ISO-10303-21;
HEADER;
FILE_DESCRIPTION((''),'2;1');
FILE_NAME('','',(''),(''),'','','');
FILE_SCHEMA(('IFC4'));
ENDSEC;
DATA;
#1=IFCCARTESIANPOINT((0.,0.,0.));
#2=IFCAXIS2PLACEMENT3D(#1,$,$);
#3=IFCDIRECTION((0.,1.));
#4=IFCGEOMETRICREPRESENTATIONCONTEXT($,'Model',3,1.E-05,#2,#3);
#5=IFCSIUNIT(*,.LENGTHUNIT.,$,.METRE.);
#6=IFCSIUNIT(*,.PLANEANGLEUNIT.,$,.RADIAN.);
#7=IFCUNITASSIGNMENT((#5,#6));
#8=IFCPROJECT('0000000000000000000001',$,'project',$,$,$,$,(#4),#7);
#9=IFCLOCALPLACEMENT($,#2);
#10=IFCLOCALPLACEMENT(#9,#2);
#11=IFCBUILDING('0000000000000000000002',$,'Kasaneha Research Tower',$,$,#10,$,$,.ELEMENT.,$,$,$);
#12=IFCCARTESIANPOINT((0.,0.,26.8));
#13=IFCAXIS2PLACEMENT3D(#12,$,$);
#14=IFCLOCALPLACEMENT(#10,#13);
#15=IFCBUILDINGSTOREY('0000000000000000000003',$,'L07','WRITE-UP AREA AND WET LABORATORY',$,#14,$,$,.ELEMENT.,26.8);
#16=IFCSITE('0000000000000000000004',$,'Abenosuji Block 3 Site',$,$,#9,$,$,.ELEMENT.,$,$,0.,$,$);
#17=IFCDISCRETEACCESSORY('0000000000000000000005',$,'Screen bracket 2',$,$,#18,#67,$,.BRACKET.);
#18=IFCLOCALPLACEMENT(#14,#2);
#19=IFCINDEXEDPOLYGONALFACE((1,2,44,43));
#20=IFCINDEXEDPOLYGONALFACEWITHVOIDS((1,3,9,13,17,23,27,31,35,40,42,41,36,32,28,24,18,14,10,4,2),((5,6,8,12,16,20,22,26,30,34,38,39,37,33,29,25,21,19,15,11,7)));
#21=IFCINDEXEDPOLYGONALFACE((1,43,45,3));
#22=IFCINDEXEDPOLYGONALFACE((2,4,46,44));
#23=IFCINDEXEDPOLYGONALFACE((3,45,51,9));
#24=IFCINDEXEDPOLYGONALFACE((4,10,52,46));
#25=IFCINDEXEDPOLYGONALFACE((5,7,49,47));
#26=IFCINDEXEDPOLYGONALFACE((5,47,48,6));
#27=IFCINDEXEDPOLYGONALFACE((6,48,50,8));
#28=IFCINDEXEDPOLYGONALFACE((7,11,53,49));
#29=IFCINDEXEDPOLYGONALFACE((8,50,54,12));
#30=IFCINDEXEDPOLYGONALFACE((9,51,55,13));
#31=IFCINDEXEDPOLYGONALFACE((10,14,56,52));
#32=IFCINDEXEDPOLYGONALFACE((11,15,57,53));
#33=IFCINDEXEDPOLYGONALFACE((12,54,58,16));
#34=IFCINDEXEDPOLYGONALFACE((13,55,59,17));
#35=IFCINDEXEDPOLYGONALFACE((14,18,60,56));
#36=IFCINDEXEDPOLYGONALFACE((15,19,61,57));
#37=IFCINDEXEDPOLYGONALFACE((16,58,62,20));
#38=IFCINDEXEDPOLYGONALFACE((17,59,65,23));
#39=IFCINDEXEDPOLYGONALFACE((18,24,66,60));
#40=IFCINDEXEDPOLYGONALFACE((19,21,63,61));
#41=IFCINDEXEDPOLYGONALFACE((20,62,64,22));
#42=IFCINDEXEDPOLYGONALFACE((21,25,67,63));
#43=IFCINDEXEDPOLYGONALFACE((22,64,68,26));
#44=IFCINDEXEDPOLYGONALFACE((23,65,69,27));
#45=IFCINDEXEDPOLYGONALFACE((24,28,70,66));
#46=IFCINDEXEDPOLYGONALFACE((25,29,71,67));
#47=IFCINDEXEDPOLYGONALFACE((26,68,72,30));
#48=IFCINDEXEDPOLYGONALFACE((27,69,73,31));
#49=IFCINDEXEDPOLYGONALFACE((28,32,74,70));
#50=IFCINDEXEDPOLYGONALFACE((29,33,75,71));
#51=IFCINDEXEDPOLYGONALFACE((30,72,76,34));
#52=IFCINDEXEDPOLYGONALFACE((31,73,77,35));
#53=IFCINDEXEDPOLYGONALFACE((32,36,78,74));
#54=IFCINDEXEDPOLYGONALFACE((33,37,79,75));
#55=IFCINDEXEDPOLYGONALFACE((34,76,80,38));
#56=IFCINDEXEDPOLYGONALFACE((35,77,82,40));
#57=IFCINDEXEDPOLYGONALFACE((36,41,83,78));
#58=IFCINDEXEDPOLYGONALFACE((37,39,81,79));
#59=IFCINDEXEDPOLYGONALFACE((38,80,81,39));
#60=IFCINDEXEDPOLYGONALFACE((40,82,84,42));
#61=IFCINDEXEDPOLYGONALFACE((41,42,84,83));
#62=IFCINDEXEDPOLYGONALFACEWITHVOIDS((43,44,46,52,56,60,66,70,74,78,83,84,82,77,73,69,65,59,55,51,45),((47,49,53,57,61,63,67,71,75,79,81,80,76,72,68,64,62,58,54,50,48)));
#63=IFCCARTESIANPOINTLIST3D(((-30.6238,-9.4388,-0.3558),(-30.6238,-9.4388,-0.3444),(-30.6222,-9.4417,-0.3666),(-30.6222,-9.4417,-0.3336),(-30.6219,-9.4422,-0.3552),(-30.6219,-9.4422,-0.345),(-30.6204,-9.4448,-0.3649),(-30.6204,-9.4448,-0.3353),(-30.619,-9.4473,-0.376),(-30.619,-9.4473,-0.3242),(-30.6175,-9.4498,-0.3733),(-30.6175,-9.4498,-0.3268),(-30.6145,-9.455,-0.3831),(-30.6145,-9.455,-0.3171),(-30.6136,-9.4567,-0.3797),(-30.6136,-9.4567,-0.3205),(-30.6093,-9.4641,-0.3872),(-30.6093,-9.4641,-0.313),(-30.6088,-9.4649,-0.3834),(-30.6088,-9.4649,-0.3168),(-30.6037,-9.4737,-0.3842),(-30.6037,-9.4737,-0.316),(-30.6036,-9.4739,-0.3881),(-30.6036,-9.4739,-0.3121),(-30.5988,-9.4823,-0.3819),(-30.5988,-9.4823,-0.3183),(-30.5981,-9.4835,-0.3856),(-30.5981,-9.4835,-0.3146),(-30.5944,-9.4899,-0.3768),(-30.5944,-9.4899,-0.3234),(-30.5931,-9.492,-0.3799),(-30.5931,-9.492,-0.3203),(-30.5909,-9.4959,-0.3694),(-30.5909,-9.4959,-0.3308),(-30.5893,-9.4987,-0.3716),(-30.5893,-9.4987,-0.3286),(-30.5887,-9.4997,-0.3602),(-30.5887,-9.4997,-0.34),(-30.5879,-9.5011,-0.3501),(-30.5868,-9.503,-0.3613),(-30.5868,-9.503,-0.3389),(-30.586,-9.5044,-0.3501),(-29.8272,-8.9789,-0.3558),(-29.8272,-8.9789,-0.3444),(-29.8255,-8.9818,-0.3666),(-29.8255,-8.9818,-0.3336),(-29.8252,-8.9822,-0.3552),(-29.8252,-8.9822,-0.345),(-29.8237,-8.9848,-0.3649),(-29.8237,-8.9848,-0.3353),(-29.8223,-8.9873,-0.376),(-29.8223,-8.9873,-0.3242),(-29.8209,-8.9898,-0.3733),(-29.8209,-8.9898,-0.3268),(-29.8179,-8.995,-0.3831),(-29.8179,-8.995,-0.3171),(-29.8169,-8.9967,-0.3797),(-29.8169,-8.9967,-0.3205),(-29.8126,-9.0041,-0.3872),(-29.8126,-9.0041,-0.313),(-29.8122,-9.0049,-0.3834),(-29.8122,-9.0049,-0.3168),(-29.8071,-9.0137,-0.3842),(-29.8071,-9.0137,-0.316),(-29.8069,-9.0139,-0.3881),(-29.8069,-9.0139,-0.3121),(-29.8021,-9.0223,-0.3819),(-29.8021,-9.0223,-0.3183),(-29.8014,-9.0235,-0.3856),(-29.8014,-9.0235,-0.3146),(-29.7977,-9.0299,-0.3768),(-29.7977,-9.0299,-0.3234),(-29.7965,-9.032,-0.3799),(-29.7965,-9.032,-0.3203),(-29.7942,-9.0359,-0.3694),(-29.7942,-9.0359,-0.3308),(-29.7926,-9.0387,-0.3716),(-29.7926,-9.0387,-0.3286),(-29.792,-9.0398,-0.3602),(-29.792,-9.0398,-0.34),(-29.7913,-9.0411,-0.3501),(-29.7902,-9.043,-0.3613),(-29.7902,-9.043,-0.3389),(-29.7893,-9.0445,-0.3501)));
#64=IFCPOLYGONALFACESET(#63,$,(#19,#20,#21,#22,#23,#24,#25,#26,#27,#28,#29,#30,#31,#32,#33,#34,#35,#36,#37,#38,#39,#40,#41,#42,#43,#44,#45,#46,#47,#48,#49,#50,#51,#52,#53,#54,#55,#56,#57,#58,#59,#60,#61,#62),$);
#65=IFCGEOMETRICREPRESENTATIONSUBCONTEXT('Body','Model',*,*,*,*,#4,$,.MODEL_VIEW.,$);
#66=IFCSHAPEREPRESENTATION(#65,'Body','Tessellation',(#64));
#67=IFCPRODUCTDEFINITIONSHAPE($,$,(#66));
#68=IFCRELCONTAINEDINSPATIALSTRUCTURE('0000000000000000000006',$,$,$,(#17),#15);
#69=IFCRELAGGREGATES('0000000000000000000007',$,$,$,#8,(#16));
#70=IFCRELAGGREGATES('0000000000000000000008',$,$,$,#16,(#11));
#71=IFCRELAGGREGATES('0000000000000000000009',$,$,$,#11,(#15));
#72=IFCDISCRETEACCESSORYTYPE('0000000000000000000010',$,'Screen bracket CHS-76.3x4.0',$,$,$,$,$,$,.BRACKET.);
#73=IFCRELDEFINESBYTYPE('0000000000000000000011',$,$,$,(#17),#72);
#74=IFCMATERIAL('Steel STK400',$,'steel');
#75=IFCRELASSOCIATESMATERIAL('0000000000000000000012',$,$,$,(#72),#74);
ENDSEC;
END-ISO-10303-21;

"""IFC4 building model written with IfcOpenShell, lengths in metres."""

from ifc_helpers import new_model, si_unit, direction, frame, origin, origin_2d, place, context, subcontext, project, spatial, hollow_circle, extrude, material, material_profile, profile_set, type_object, element, save


model = new_model("IFC4")

# Units and contexts
model_context = context("Model", 3, precision=1e-05, world=origin(), true_north=direction((0.0, 1.0)))
body_context = subcontext(model_context, "Body", "Model", "MODEL_VIEW")
ifc_project = project(units=[si_unit("LENGTHUNIT", "METRE"), si_unit("PLANEANGLEUNIT", "RADIAN")], contexts=[model_context])

# Site, building, storey
site_placement = place(None, origin())
site = spatial("IfcSite", under=ifc_project, at=site_placement, Name="Abenosuji Block 3 Site", CompositionType="ELEMENT", RefElevation=0.0)
building_placement = place(site_placement, origin())
building = spatial("IfcBuilding", under=site, at=building_placement, Name="Kasaneha Research Tower", CompositionType="ELEMENT")
storey_placement = place(building_placement, frame((0.0, 0.0, 26.8)))
storey = spatial("IfcBuildingStorey", under=building, at=storey_placement, Name="L07", Description="WRITE-UP AREA AND WET LABORATORY", CompositionType="ELEMENT", Elevation=26.8)

# Discrete accessory
ifc_material_1 = material(Name="Steel STK400", Category="steel")
ifc_material_profile_1 = material_profile(ifc_material_1, hollow_circle(Radius=0.0381, WallThickness=0.0039, at=origin_2d()), Name="CHS-76.3x4.0")
ifc_profile_set_1 = profile_set([ifc_material_profile_1], Name="Steel STK400")
discrete_accessory_type = type_object("IfcDiscreteAccessoryType", Name="Screen bracket CHS-76.3x4.0", PredefinedType="BRACKET", material=ifc_profile_set_1)
discrete_accessory_1_placement = place(storey_placement, frame((-29.8083, -9.0115, -0.3501), z_axis=(-0.866013, -0.500021, 0.0), x_axis=(0.500021, -0.866013, 0.0)))
element("IfcDiscreteAccessory", 1, at=discrete_accessory_1_placement, inside=storey, type_object=discrete_accessory_type, Name="Screen bracket 2", PredefinedType="BRACKET", context=body_context, shape_type="SweptSolid", body=[
    extrude(hollow_circle(Radius=0.0381, WallThickness=0.0039, at=origin_2d()), origin(), (0.0, 0.0, 1.0), 0.9199),
])

save(model, "model.ifc")
